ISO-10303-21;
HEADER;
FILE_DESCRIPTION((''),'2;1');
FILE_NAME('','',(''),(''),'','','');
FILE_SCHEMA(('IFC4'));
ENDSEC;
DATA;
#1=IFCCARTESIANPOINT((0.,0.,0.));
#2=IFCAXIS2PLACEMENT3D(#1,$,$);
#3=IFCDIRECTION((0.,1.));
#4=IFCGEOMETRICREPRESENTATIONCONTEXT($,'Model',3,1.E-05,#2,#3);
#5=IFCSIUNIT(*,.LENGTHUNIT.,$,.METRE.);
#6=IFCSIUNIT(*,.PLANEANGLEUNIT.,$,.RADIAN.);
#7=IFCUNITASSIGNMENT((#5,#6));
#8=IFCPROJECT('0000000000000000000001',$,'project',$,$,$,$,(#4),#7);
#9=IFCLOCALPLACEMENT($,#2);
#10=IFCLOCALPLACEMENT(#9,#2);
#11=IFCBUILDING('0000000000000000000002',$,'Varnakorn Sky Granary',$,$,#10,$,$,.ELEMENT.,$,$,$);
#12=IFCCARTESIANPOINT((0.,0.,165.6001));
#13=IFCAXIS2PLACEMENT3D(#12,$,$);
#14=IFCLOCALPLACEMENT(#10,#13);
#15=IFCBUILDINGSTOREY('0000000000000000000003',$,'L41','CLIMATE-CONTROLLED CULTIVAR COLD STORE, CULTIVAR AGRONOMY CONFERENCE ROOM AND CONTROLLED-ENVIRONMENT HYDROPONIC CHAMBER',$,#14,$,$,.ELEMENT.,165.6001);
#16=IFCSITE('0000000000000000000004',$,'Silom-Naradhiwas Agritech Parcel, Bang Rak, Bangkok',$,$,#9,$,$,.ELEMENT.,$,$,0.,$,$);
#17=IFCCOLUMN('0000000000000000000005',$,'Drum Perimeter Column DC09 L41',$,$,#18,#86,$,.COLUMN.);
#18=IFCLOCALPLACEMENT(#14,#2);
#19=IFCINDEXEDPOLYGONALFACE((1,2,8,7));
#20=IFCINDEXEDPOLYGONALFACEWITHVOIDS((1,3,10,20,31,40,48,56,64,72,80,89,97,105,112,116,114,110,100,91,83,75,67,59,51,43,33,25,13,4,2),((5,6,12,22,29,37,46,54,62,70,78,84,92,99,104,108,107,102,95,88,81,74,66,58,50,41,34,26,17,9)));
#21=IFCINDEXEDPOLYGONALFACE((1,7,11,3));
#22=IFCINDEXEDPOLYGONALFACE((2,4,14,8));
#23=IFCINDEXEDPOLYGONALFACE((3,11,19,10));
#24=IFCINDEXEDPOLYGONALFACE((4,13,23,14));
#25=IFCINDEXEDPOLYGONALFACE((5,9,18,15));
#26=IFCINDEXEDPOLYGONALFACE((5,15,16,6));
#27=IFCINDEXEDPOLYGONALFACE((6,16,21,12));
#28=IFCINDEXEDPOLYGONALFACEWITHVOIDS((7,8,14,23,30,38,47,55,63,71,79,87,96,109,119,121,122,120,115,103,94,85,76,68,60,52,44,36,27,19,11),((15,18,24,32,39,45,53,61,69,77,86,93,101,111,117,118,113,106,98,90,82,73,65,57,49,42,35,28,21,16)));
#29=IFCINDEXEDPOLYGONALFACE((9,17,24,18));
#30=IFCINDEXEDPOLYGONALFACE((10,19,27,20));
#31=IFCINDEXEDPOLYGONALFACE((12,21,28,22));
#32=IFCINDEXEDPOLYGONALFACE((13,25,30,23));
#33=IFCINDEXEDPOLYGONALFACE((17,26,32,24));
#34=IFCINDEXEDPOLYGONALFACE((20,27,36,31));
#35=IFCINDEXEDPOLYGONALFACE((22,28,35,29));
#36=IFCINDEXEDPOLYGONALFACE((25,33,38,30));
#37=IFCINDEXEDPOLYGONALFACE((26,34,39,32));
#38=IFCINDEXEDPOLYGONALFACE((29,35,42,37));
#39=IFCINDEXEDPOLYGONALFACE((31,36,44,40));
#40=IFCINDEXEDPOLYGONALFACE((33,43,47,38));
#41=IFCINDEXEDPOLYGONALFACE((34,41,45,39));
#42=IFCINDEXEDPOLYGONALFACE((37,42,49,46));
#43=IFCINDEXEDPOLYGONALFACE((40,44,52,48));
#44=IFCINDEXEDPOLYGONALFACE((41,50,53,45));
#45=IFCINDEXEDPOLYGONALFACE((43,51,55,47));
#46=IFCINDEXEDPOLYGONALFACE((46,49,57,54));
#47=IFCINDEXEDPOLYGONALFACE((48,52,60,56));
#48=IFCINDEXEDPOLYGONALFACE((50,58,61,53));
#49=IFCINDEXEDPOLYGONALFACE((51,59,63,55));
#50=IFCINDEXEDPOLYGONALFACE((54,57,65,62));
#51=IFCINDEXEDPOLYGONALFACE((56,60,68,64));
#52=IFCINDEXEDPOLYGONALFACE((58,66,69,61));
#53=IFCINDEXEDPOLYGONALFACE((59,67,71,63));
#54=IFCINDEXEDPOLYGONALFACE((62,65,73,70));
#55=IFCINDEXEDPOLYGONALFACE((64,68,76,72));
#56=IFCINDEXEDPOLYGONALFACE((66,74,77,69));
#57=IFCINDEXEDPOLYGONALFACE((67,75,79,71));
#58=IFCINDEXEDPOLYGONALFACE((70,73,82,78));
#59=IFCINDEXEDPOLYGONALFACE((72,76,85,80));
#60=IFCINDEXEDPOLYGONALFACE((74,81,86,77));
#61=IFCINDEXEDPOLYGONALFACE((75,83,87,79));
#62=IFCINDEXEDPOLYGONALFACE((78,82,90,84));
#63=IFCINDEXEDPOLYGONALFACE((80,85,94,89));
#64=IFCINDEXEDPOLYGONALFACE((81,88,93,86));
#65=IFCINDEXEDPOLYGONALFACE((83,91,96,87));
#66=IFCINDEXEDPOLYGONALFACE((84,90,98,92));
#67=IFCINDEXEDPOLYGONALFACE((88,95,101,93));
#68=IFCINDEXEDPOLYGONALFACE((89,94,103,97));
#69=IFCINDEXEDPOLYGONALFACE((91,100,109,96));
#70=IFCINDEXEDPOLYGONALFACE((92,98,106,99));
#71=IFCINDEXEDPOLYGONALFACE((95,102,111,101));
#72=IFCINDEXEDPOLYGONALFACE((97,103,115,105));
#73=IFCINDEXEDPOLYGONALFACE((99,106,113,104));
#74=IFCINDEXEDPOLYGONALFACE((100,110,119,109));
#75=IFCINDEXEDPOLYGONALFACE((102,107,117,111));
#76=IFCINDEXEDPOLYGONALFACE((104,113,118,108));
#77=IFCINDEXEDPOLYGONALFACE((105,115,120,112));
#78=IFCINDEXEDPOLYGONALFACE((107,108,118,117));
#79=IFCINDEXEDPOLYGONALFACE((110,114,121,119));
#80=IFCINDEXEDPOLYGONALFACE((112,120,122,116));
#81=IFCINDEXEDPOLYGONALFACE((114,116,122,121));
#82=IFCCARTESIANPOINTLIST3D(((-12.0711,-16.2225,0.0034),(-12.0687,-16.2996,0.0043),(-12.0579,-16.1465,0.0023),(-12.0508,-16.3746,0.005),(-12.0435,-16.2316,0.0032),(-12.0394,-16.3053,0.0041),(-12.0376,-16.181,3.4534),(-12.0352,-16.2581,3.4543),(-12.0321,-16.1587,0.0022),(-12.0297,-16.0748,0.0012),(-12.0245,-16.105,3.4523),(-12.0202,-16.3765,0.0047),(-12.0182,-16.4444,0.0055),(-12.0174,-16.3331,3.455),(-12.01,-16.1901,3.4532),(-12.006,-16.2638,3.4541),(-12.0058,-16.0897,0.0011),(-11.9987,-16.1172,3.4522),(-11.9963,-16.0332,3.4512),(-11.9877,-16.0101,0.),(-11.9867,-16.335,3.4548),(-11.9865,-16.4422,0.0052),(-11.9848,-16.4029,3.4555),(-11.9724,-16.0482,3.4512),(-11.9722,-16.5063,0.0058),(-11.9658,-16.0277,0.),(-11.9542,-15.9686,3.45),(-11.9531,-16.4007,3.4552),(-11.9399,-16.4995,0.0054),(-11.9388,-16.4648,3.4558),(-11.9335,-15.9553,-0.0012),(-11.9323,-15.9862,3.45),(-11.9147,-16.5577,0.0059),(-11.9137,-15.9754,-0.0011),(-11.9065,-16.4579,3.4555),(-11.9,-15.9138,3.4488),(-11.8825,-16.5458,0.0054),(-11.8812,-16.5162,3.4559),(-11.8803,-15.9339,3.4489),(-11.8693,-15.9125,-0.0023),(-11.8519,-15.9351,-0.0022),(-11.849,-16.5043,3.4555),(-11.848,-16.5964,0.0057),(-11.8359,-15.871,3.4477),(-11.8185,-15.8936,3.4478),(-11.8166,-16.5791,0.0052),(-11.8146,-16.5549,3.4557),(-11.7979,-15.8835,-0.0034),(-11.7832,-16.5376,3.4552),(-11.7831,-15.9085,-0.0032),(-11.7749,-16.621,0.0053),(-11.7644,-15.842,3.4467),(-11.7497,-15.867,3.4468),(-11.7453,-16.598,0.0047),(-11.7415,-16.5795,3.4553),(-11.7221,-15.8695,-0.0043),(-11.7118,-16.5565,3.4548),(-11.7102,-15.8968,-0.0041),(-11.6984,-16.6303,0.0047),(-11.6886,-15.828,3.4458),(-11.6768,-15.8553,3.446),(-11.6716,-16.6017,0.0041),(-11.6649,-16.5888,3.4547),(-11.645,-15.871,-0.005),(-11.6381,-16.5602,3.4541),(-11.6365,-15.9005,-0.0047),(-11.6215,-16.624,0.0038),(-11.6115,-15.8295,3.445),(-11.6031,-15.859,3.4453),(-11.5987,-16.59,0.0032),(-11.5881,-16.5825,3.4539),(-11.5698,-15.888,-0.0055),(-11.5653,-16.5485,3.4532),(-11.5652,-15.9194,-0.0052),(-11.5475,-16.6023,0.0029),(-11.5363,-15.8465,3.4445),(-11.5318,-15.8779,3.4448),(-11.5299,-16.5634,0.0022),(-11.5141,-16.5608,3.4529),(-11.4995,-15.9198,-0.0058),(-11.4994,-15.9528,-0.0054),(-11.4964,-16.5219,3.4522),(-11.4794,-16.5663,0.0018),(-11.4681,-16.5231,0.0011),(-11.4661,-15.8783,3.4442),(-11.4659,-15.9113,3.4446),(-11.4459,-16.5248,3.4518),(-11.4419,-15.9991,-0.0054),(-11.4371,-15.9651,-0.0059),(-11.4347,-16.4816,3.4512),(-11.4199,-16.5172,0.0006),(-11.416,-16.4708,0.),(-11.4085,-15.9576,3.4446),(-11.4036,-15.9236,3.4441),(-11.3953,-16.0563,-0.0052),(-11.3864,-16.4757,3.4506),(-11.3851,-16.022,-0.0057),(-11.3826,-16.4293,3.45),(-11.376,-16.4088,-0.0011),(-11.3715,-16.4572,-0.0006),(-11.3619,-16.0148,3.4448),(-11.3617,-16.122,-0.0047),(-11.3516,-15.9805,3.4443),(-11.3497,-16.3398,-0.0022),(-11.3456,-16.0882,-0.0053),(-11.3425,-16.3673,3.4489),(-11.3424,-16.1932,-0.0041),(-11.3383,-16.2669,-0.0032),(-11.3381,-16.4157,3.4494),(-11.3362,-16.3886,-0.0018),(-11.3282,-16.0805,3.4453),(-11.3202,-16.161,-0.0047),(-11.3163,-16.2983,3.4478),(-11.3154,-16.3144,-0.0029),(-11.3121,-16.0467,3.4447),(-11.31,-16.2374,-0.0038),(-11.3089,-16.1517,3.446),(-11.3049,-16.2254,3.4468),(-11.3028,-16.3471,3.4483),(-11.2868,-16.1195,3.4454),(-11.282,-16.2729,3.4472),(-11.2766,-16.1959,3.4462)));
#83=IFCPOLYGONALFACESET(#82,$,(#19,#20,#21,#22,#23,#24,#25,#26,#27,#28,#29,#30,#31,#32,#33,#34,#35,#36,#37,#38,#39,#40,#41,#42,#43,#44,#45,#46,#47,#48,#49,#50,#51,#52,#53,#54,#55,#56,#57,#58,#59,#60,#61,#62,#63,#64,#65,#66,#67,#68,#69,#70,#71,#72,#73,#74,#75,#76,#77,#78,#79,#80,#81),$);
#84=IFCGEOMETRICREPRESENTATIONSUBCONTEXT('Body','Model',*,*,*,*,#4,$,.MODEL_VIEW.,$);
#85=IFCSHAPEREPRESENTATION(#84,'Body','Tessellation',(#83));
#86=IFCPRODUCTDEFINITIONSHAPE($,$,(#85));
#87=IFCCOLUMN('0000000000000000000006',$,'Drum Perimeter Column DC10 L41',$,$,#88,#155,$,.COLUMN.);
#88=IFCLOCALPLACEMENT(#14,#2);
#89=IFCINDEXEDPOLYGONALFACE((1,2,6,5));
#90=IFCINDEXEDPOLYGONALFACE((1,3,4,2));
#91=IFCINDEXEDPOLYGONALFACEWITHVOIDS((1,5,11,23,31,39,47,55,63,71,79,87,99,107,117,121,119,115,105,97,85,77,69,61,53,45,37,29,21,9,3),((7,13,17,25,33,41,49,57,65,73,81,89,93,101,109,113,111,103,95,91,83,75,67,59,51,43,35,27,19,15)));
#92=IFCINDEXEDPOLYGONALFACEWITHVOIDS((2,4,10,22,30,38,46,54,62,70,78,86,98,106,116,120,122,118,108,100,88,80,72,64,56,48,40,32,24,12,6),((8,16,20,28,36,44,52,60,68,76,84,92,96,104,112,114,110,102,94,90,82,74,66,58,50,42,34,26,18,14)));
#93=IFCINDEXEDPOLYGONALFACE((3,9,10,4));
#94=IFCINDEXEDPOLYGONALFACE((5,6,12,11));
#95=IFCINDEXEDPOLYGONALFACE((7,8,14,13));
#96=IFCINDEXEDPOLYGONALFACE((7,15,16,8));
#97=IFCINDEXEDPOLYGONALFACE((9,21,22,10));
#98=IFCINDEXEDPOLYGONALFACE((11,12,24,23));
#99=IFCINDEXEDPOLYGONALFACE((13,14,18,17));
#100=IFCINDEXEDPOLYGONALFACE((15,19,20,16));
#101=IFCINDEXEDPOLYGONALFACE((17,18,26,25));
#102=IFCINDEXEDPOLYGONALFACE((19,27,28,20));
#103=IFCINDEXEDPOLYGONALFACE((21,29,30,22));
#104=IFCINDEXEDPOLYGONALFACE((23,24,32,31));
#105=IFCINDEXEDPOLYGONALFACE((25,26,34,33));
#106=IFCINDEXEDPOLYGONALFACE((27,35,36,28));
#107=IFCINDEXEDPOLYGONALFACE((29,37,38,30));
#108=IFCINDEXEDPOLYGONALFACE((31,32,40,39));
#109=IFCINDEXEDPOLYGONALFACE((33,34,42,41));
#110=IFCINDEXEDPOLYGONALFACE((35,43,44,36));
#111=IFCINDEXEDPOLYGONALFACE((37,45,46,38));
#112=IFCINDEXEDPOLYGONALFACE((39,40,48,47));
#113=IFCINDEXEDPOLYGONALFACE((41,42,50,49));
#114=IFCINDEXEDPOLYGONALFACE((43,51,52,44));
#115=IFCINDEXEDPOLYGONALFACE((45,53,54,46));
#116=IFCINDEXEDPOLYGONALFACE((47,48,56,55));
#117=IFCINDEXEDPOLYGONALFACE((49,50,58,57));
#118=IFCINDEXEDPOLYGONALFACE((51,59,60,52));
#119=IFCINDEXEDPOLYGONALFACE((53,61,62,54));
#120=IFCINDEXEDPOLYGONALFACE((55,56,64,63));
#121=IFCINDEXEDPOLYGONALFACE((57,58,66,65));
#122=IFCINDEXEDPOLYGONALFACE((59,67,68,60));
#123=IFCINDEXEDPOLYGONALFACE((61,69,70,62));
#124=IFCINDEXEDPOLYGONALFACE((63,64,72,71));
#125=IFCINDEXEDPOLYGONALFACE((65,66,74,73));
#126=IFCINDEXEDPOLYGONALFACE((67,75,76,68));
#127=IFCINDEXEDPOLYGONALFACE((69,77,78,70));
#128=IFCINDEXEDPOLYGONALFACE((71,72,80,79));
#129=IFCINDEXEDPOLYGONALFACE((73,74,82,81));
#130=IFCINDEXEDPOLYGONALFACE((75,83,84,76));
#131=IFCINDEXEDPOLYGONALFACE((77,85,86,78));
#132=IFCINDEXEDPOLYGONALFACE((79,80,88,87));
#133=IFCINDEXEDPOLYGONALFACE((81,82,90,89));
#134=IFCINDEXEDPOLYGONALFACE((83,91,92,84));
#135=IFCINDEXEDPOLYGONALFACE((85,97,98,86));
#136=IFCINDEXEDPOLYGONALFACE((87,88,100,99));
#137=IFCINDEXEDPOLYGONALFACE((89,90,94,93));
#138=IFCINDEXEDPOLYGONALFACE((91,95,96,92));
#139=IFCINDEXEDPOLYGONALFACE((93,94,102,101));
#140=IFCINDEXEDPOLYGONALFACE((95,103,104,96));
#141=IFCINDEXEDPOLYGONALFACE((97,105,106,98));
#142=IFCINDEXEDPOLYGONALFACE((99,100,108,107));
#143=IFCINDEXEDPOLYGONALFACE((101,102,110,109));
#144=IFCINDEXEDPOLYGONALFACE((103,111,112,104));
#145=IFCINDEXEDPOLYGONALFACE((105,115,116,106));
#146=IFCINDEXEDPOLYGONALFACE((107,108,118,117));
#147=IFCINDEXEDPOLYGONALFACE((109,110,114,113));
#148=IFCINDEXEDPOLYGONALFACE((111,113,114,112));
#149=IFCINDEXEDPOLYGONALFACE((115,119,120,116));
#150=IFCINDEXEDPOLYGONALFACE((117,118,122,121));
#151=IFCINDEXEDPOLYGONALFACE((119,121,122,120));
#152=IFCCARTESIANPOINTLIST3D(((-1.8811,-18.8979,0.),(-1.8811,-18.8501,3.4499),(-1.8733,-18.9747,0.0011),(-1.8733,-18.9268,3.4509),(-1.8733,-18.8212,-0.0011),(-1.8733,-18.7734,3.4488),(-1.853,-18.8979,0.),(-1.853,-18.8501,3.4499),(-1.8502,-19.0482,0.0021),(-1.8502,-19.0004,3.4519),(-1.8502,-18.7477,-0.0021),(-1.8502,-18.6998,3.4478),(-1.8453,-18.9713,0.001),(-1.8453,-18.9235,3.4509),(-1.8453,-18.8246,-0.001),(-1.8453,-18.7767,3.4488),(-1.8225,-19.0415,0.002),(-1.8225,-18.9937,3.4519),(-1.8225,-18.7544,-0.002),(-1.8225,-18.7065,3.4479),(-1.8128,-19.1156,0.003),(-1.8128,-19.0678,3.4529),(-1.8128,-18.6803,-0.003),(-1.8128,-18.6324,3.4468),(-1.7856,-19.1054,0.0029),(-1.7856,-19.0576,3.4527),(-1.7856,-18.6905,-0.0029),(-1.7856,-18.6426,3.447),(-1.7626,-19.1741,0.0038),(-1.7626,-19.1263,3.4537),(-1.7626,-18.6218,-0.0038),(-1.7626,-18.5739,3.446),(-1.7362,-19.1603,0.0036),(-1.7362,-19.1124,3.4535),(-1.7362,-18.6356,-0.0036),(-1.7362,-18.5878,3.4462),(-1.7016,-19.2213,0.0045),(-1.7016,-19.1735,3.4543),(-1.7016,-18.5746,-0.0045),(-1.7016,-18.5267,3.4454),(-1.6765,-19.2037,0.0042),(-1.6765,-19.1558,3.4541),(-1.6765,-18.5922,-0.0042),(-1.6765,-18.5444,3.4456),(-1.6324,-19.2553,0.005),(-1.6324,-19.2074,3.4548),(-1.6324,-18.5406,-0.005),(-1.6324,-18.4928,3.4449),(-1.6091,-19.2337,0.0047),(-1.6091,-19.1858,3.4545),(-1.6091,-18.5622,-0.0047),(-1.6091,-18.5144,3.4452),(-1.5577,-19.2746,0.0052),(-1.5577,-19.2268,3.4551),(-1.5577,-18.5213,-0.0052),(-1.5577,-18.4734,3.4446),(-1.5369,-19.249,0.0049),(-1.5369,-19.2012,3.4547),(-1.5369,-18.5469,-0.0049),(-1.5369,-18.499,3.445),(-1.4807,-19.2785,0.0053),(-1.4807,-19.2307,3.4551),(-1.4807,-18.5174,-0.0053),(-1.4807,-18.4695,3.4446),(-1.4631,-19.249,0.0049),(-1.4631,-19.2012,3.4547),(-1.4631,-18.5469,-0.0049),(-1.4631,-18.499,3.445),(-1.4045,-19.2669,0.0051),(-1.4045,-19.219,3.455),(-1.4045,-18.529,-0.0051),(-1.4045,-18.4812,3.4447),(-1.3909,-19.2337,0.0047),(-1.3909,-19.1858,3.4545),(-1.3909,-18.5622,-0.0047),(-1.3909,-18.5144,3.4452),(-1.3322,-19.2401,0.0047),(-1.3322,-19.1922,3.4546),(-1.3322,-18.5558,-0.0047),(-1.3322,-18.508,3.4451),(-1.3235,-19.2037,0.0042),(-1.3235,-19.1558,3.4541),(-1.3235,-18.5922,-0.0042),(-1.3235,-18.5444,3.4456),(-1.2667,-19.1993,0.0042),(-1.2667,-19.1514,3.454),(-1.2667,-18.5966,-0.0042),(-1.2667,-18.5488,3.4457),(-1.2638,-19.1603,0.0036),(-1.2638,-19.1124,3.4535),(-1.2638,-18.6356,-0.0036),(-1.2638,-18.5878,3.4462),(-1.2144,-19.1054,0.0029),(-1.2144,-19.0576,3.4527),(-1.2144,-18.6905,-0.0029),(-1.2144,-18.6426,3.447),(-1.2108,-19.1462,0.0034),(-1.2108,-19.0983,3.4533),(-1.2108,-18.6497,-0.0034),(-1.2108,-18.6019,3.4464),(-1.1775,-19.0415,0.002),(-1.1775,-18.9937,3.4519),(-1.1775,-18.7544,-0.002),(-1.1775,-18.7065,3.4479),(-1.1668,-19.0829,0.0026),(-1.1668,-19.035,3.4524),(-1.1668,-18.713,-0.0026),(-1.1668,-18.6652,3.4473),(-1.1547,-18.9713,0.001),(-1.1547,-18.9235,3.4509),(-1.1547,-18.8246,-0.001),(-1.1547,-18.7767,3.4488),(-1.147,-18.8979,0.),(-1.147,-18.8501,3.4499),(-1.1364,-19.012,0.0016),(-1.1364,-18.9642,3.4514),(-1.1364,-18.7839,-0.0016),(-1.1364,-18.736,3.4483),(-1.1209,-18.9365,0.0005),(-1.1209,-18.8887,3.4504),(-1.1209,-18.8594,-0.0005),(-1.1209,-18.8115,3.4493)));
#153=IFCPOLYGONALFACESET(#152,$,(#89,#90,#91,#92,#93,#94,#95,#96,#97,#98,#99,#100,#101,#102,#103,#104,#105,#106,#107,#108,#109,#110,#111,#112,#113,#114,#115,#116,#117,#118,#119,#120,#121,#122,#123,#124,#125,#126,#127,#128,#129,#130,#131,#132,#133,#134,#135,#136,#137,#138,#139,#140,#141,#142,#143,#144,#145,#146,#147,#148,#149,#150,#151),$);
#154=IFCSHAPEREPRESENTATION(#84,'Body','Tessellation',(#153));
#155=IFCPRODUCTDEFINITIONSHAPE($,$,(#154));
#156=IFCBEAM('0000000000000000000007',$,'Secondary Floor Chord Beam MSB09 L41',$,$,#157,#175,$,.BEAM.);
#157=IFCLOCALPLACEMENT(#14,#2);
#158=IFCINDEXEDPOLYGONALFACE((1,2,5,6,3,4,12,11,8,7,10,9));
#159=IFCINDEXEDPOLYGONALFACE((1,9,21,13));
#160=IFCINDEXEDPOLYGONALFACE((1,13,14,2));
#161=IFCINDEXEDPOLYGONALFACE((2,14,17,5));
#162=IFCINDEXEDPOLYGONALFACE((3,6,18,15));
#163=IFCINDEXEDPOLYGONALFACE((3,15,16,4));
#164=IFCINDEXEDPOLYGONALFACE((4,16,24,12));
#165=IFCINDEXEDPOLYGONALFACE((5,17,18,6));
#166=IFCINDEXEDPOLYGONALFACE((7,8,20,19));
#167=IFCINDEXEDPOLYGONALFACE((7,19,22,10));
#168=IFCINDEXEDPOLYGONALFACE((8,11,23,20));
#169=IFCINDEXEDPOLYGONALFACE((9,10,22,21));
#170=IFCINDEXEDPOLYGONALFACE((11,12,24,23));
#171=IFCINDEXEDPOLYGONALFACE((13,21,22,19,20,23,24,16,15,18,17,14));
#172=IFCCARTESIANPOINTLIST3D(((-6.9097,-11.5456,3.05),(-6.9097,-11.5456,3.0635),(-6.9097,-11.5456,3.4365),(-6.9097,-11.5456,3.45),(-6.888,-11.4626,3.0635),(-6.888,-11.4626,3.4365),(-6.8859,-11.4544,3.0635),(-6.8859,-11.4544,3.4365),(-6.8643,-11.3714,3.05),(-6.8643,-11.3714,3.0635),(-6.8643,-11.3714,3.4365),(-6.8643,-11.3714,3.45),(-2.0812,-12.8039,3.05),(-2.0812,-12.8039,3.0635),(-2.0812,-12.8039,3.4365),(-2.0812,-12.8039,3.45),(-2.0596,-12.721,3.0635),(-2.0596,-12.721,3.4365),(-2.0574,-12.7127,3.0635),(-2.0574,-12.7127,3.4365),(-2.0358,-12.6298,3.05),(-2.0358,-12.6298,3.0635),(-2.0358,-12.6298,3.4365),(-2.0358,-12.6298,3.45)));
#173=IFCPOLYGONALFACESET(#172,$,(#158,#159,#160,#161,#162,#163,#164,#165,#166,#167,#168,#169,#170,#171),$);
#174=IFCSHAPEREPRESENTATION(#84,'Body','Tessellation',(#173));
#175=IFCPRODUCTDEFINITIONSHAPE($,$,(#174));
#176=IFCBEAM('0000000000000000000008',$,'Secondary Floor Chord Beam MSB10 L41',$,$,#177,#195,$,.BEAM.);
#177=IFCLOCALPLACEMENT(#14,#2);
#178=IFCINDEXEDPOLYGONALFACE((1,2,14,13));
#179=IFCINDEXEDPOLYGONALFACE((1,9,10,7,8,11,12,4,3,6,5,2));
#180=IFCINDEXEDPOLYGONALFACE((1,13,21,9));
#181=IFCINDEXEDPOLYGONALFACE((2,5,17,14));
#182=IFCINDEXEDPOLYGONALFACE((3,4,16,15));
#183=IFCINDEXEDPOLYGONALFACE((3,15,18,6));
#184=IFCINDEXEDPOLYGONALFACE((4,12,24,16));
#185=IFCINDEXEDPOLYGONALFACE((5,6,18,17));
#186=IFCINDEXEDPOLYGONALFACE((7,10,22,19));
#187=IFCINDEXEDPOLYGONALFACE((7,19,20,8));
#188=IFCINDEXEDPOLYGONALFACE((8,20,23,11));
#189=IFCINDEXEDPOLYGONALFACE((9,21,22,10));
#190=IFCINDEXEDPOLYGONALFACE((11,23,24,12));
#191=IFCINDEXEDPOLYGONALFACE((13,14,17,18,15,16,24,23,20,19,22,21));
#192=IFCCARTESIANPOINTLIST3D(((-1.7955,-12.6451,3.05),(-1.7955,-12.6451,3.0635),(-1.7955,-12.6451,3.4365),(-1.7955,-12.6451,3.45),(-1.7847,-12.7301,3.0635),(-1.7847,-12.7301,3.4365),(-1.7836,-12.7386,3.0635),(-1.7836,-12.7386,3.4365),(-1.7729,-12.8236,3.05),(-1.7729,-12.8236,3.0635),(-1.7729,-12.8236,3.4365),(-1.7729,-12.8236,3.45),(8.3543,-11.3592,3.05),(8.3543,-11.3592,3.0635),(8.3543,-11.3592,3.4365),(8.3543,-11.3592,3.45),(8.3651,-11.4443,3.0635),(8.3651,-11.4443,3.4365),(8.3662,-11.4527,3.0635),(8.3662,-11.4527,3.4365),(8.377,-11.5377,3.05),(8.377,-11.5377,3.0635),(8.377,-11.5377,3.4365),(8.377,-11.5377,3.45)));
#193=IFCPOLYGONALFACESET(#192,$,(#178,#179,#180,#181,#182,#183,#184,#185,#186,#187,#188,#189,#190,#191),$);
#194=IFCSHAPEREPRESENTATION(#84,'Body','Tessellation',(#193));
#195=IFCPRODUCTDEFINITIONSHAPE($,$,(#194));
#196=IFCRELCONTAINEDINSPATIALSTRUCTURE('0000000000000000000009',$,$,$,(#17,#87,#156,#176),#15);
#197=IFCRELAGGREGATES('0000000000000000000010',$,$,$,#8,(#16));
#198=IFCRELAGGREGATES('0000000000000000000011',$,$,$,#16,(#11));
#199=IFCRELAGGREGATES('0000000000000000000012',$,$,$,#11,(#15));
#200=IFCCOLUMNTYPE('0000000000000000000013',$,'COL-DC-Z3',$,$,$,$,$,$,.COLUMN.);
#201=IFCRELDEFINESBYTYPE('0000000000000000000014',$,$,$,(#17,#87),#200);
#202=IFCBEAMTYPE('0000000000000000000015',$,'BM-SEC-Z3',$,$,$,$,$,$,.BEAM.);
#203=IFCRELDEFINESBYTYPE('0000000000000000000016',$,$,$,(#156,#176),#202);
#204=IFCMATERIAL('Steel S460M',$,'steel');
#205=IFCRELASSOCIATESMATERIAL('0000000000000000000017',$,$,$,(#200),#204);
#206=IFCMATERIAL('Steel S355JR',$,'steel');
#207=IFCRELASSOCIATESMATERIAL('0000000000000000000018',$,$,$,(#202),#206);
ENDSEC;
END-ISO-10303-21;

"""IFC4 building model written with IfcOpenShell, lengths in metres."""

from ifc_helpers import new_model, si_unit, direction, frame, origin, origin_2d, place, context, subcontext, project, spatial, hollow_circle, i_section, extrude, material, material_profile, profile_set, type_object, element, save


model = new_model("IFC4")

# Units and contexts
model_context = context("Model", 3, precision=1e-05, world=origin(), true_north=direction((0.0, 1.0)))
body_context = subcontext(model_context, "Body", "Model", "MODEL_VIEW")
ifc_project = project(units=[si_unit("LENGTHUNIT", "METRE"), si_unit("PLANEANGLEUNIT", "RADIAN")], contexts=[model_context])

# Site, building, storey
site_placement = place(None, origin())
site = spatial("IfcSite", under=ifc_project, at=site_placement, Name="Silom-Naradhiwas Agritech Parcel, Bang Rak, Bangkok", CompositionType="ELEMENT", RefElevation=0.0)
building_placement = place(site_placement, origin())
building = spatial("IfcBuilding", under=site, at=building_placement, Name="Varnakorn Sky Granary", CompositionType="ELEMENT")
storey_placement = place(building_placement, frame((0.0, 0.0, 165.6001)))
storey = spatial("IfcBuildingStorey", under=building, at=storey_placement, Name="L41", Description="CLIMATE-CONTROLLED CULTIVAR COLD STORE, CULTIVAR AGRONOMY CONFERENCE ROOM AND CONTROLLED-ENVIRONMENT HYDROPONIC CHAMBER", CompositionType="ELEMENT", Elevation=165.6001)

# Columns
ifc_material_1 = material(Name="Steel S460M", Category="steel")
ifc_material_profile_1 = material_profile(ifc_material_1, hollow_circle(Radius=0.3811, WallThickness=0.0281, at=origin_2d()), Name="CHS 762x28")
ifc_profile_set_1 = profile_set([ifc_material_profile_1], Name="Steel S460M")
column_type = type_object("IfcColumnType", Name="COL-DC-Z3", PredefinedType="COLUMN", material=ifc_profile_set_1)
column_1_placement = place(storey_placement, frame((-11.6909, -16.2493, 0.0), z_axis=(0.009694, 0.012029, 0.999881), x_axis=(-0.77863, 0.627484, 0.0)))
element("IfcColumn", 1, at=column_1_placement, inside=storey, type_object=column_type, Name="Drum Perimeter Column DC09 L41", PredefinedType="COLUMN", context=body_context, shape_type="SweptSolid", body=[
    extrude(hollow_circle(Radius=0.3811, WallThickness=0.0281, at=origin_2d()), origin(), (0.0, 0.0, 1.0), 3.4504),
])
column_2_placement = place(storey_placement, frame((-1.5, -18.8979, 0.0), z_axis=(0.0, 0.013869, 0.999904), x_axis=(-1.0, 0.0, 0.0)))
element("IfcColumn", 2, at=column_2_placement, inside=storey, type_object=column_type, Name="Drum Perimeter Column DC10 L41", PredefinedType="COLUMN", context=body_context, shape_type="SweptSolid", body=[
    extrude(hollow_circle(Radius=0.3811, WallThickness=0.0281, at=origin_2d()), origin(), (0.0, 0.0, 1.0), 3.4502),
])

# Beams
ifc_material_2 = material(Name="Steel S355JR", Category="steel")
ifc_material_profile_2 = material_profile(ifc_material_2, i_section(OverallWidth=0.1799, OverallDepth=0.3999, WebThickness=0.0085, FlangeThickness=0.0134, at=origin_2d()), Name="IPE 400")
ifc_profile_set_2 = profile_set([ifc_material_profile_2], Name="Steel S355JR")
beam_type_1 = type_object("IfcBeamType", Name="BM-SEC-Z3", PredefinedType="BEAM", material=ifc_profile_set_2)
beam_1_placement = place(storey_placement, frame((-6.887, -11.4585, 3.25), z_axis=(0.96768, -0.252183, 0.0), x_axis=(0.252183, 0.96768, 0.0)))
element("IfcBeam", 3, at=beam_1_placement, inside=storey, type_object=beam_type_1, Name="Secondary Floor Chord Beam MSB09 L41", PredefinedType="BEAM", context=body_context, shape_type="SweptSolid", body=[
    extrude(i_section(OverallWidth=0.1799, OverallDepth=0.3999, WebThickness=0.0085, FlangeThickness=0.0134, at=origin_2d()), origin(), (0.0, 0.0, 1.0), 4.9897),
])
beam_2_placement = place(storey_placement, frame((-1.7842, -12.7344, 3.25), z_axis=(0.99207, 0.125685, 0.0), x_axis=(-0.125685, 0.99207, 0.0)))
element("IfcBeam", 4, at=beam_2_placement, inside=storey, type_object=beam_type_1, Name="Secondary Floor Chord Beam MSB10 L41", PredefinedType="BEAM", context=body_context, shape_type="SweptSolid", body=[
    extrude(i_section(OverallWidth=0.1799, OverallDepth=0.3999, WebThickness=0.0085, FlangeThickness=0.0134, at=origin_2d()), origin(), (0.0, 0.0, 1.0), 10.231),
])

save(model, "model.ifc")
